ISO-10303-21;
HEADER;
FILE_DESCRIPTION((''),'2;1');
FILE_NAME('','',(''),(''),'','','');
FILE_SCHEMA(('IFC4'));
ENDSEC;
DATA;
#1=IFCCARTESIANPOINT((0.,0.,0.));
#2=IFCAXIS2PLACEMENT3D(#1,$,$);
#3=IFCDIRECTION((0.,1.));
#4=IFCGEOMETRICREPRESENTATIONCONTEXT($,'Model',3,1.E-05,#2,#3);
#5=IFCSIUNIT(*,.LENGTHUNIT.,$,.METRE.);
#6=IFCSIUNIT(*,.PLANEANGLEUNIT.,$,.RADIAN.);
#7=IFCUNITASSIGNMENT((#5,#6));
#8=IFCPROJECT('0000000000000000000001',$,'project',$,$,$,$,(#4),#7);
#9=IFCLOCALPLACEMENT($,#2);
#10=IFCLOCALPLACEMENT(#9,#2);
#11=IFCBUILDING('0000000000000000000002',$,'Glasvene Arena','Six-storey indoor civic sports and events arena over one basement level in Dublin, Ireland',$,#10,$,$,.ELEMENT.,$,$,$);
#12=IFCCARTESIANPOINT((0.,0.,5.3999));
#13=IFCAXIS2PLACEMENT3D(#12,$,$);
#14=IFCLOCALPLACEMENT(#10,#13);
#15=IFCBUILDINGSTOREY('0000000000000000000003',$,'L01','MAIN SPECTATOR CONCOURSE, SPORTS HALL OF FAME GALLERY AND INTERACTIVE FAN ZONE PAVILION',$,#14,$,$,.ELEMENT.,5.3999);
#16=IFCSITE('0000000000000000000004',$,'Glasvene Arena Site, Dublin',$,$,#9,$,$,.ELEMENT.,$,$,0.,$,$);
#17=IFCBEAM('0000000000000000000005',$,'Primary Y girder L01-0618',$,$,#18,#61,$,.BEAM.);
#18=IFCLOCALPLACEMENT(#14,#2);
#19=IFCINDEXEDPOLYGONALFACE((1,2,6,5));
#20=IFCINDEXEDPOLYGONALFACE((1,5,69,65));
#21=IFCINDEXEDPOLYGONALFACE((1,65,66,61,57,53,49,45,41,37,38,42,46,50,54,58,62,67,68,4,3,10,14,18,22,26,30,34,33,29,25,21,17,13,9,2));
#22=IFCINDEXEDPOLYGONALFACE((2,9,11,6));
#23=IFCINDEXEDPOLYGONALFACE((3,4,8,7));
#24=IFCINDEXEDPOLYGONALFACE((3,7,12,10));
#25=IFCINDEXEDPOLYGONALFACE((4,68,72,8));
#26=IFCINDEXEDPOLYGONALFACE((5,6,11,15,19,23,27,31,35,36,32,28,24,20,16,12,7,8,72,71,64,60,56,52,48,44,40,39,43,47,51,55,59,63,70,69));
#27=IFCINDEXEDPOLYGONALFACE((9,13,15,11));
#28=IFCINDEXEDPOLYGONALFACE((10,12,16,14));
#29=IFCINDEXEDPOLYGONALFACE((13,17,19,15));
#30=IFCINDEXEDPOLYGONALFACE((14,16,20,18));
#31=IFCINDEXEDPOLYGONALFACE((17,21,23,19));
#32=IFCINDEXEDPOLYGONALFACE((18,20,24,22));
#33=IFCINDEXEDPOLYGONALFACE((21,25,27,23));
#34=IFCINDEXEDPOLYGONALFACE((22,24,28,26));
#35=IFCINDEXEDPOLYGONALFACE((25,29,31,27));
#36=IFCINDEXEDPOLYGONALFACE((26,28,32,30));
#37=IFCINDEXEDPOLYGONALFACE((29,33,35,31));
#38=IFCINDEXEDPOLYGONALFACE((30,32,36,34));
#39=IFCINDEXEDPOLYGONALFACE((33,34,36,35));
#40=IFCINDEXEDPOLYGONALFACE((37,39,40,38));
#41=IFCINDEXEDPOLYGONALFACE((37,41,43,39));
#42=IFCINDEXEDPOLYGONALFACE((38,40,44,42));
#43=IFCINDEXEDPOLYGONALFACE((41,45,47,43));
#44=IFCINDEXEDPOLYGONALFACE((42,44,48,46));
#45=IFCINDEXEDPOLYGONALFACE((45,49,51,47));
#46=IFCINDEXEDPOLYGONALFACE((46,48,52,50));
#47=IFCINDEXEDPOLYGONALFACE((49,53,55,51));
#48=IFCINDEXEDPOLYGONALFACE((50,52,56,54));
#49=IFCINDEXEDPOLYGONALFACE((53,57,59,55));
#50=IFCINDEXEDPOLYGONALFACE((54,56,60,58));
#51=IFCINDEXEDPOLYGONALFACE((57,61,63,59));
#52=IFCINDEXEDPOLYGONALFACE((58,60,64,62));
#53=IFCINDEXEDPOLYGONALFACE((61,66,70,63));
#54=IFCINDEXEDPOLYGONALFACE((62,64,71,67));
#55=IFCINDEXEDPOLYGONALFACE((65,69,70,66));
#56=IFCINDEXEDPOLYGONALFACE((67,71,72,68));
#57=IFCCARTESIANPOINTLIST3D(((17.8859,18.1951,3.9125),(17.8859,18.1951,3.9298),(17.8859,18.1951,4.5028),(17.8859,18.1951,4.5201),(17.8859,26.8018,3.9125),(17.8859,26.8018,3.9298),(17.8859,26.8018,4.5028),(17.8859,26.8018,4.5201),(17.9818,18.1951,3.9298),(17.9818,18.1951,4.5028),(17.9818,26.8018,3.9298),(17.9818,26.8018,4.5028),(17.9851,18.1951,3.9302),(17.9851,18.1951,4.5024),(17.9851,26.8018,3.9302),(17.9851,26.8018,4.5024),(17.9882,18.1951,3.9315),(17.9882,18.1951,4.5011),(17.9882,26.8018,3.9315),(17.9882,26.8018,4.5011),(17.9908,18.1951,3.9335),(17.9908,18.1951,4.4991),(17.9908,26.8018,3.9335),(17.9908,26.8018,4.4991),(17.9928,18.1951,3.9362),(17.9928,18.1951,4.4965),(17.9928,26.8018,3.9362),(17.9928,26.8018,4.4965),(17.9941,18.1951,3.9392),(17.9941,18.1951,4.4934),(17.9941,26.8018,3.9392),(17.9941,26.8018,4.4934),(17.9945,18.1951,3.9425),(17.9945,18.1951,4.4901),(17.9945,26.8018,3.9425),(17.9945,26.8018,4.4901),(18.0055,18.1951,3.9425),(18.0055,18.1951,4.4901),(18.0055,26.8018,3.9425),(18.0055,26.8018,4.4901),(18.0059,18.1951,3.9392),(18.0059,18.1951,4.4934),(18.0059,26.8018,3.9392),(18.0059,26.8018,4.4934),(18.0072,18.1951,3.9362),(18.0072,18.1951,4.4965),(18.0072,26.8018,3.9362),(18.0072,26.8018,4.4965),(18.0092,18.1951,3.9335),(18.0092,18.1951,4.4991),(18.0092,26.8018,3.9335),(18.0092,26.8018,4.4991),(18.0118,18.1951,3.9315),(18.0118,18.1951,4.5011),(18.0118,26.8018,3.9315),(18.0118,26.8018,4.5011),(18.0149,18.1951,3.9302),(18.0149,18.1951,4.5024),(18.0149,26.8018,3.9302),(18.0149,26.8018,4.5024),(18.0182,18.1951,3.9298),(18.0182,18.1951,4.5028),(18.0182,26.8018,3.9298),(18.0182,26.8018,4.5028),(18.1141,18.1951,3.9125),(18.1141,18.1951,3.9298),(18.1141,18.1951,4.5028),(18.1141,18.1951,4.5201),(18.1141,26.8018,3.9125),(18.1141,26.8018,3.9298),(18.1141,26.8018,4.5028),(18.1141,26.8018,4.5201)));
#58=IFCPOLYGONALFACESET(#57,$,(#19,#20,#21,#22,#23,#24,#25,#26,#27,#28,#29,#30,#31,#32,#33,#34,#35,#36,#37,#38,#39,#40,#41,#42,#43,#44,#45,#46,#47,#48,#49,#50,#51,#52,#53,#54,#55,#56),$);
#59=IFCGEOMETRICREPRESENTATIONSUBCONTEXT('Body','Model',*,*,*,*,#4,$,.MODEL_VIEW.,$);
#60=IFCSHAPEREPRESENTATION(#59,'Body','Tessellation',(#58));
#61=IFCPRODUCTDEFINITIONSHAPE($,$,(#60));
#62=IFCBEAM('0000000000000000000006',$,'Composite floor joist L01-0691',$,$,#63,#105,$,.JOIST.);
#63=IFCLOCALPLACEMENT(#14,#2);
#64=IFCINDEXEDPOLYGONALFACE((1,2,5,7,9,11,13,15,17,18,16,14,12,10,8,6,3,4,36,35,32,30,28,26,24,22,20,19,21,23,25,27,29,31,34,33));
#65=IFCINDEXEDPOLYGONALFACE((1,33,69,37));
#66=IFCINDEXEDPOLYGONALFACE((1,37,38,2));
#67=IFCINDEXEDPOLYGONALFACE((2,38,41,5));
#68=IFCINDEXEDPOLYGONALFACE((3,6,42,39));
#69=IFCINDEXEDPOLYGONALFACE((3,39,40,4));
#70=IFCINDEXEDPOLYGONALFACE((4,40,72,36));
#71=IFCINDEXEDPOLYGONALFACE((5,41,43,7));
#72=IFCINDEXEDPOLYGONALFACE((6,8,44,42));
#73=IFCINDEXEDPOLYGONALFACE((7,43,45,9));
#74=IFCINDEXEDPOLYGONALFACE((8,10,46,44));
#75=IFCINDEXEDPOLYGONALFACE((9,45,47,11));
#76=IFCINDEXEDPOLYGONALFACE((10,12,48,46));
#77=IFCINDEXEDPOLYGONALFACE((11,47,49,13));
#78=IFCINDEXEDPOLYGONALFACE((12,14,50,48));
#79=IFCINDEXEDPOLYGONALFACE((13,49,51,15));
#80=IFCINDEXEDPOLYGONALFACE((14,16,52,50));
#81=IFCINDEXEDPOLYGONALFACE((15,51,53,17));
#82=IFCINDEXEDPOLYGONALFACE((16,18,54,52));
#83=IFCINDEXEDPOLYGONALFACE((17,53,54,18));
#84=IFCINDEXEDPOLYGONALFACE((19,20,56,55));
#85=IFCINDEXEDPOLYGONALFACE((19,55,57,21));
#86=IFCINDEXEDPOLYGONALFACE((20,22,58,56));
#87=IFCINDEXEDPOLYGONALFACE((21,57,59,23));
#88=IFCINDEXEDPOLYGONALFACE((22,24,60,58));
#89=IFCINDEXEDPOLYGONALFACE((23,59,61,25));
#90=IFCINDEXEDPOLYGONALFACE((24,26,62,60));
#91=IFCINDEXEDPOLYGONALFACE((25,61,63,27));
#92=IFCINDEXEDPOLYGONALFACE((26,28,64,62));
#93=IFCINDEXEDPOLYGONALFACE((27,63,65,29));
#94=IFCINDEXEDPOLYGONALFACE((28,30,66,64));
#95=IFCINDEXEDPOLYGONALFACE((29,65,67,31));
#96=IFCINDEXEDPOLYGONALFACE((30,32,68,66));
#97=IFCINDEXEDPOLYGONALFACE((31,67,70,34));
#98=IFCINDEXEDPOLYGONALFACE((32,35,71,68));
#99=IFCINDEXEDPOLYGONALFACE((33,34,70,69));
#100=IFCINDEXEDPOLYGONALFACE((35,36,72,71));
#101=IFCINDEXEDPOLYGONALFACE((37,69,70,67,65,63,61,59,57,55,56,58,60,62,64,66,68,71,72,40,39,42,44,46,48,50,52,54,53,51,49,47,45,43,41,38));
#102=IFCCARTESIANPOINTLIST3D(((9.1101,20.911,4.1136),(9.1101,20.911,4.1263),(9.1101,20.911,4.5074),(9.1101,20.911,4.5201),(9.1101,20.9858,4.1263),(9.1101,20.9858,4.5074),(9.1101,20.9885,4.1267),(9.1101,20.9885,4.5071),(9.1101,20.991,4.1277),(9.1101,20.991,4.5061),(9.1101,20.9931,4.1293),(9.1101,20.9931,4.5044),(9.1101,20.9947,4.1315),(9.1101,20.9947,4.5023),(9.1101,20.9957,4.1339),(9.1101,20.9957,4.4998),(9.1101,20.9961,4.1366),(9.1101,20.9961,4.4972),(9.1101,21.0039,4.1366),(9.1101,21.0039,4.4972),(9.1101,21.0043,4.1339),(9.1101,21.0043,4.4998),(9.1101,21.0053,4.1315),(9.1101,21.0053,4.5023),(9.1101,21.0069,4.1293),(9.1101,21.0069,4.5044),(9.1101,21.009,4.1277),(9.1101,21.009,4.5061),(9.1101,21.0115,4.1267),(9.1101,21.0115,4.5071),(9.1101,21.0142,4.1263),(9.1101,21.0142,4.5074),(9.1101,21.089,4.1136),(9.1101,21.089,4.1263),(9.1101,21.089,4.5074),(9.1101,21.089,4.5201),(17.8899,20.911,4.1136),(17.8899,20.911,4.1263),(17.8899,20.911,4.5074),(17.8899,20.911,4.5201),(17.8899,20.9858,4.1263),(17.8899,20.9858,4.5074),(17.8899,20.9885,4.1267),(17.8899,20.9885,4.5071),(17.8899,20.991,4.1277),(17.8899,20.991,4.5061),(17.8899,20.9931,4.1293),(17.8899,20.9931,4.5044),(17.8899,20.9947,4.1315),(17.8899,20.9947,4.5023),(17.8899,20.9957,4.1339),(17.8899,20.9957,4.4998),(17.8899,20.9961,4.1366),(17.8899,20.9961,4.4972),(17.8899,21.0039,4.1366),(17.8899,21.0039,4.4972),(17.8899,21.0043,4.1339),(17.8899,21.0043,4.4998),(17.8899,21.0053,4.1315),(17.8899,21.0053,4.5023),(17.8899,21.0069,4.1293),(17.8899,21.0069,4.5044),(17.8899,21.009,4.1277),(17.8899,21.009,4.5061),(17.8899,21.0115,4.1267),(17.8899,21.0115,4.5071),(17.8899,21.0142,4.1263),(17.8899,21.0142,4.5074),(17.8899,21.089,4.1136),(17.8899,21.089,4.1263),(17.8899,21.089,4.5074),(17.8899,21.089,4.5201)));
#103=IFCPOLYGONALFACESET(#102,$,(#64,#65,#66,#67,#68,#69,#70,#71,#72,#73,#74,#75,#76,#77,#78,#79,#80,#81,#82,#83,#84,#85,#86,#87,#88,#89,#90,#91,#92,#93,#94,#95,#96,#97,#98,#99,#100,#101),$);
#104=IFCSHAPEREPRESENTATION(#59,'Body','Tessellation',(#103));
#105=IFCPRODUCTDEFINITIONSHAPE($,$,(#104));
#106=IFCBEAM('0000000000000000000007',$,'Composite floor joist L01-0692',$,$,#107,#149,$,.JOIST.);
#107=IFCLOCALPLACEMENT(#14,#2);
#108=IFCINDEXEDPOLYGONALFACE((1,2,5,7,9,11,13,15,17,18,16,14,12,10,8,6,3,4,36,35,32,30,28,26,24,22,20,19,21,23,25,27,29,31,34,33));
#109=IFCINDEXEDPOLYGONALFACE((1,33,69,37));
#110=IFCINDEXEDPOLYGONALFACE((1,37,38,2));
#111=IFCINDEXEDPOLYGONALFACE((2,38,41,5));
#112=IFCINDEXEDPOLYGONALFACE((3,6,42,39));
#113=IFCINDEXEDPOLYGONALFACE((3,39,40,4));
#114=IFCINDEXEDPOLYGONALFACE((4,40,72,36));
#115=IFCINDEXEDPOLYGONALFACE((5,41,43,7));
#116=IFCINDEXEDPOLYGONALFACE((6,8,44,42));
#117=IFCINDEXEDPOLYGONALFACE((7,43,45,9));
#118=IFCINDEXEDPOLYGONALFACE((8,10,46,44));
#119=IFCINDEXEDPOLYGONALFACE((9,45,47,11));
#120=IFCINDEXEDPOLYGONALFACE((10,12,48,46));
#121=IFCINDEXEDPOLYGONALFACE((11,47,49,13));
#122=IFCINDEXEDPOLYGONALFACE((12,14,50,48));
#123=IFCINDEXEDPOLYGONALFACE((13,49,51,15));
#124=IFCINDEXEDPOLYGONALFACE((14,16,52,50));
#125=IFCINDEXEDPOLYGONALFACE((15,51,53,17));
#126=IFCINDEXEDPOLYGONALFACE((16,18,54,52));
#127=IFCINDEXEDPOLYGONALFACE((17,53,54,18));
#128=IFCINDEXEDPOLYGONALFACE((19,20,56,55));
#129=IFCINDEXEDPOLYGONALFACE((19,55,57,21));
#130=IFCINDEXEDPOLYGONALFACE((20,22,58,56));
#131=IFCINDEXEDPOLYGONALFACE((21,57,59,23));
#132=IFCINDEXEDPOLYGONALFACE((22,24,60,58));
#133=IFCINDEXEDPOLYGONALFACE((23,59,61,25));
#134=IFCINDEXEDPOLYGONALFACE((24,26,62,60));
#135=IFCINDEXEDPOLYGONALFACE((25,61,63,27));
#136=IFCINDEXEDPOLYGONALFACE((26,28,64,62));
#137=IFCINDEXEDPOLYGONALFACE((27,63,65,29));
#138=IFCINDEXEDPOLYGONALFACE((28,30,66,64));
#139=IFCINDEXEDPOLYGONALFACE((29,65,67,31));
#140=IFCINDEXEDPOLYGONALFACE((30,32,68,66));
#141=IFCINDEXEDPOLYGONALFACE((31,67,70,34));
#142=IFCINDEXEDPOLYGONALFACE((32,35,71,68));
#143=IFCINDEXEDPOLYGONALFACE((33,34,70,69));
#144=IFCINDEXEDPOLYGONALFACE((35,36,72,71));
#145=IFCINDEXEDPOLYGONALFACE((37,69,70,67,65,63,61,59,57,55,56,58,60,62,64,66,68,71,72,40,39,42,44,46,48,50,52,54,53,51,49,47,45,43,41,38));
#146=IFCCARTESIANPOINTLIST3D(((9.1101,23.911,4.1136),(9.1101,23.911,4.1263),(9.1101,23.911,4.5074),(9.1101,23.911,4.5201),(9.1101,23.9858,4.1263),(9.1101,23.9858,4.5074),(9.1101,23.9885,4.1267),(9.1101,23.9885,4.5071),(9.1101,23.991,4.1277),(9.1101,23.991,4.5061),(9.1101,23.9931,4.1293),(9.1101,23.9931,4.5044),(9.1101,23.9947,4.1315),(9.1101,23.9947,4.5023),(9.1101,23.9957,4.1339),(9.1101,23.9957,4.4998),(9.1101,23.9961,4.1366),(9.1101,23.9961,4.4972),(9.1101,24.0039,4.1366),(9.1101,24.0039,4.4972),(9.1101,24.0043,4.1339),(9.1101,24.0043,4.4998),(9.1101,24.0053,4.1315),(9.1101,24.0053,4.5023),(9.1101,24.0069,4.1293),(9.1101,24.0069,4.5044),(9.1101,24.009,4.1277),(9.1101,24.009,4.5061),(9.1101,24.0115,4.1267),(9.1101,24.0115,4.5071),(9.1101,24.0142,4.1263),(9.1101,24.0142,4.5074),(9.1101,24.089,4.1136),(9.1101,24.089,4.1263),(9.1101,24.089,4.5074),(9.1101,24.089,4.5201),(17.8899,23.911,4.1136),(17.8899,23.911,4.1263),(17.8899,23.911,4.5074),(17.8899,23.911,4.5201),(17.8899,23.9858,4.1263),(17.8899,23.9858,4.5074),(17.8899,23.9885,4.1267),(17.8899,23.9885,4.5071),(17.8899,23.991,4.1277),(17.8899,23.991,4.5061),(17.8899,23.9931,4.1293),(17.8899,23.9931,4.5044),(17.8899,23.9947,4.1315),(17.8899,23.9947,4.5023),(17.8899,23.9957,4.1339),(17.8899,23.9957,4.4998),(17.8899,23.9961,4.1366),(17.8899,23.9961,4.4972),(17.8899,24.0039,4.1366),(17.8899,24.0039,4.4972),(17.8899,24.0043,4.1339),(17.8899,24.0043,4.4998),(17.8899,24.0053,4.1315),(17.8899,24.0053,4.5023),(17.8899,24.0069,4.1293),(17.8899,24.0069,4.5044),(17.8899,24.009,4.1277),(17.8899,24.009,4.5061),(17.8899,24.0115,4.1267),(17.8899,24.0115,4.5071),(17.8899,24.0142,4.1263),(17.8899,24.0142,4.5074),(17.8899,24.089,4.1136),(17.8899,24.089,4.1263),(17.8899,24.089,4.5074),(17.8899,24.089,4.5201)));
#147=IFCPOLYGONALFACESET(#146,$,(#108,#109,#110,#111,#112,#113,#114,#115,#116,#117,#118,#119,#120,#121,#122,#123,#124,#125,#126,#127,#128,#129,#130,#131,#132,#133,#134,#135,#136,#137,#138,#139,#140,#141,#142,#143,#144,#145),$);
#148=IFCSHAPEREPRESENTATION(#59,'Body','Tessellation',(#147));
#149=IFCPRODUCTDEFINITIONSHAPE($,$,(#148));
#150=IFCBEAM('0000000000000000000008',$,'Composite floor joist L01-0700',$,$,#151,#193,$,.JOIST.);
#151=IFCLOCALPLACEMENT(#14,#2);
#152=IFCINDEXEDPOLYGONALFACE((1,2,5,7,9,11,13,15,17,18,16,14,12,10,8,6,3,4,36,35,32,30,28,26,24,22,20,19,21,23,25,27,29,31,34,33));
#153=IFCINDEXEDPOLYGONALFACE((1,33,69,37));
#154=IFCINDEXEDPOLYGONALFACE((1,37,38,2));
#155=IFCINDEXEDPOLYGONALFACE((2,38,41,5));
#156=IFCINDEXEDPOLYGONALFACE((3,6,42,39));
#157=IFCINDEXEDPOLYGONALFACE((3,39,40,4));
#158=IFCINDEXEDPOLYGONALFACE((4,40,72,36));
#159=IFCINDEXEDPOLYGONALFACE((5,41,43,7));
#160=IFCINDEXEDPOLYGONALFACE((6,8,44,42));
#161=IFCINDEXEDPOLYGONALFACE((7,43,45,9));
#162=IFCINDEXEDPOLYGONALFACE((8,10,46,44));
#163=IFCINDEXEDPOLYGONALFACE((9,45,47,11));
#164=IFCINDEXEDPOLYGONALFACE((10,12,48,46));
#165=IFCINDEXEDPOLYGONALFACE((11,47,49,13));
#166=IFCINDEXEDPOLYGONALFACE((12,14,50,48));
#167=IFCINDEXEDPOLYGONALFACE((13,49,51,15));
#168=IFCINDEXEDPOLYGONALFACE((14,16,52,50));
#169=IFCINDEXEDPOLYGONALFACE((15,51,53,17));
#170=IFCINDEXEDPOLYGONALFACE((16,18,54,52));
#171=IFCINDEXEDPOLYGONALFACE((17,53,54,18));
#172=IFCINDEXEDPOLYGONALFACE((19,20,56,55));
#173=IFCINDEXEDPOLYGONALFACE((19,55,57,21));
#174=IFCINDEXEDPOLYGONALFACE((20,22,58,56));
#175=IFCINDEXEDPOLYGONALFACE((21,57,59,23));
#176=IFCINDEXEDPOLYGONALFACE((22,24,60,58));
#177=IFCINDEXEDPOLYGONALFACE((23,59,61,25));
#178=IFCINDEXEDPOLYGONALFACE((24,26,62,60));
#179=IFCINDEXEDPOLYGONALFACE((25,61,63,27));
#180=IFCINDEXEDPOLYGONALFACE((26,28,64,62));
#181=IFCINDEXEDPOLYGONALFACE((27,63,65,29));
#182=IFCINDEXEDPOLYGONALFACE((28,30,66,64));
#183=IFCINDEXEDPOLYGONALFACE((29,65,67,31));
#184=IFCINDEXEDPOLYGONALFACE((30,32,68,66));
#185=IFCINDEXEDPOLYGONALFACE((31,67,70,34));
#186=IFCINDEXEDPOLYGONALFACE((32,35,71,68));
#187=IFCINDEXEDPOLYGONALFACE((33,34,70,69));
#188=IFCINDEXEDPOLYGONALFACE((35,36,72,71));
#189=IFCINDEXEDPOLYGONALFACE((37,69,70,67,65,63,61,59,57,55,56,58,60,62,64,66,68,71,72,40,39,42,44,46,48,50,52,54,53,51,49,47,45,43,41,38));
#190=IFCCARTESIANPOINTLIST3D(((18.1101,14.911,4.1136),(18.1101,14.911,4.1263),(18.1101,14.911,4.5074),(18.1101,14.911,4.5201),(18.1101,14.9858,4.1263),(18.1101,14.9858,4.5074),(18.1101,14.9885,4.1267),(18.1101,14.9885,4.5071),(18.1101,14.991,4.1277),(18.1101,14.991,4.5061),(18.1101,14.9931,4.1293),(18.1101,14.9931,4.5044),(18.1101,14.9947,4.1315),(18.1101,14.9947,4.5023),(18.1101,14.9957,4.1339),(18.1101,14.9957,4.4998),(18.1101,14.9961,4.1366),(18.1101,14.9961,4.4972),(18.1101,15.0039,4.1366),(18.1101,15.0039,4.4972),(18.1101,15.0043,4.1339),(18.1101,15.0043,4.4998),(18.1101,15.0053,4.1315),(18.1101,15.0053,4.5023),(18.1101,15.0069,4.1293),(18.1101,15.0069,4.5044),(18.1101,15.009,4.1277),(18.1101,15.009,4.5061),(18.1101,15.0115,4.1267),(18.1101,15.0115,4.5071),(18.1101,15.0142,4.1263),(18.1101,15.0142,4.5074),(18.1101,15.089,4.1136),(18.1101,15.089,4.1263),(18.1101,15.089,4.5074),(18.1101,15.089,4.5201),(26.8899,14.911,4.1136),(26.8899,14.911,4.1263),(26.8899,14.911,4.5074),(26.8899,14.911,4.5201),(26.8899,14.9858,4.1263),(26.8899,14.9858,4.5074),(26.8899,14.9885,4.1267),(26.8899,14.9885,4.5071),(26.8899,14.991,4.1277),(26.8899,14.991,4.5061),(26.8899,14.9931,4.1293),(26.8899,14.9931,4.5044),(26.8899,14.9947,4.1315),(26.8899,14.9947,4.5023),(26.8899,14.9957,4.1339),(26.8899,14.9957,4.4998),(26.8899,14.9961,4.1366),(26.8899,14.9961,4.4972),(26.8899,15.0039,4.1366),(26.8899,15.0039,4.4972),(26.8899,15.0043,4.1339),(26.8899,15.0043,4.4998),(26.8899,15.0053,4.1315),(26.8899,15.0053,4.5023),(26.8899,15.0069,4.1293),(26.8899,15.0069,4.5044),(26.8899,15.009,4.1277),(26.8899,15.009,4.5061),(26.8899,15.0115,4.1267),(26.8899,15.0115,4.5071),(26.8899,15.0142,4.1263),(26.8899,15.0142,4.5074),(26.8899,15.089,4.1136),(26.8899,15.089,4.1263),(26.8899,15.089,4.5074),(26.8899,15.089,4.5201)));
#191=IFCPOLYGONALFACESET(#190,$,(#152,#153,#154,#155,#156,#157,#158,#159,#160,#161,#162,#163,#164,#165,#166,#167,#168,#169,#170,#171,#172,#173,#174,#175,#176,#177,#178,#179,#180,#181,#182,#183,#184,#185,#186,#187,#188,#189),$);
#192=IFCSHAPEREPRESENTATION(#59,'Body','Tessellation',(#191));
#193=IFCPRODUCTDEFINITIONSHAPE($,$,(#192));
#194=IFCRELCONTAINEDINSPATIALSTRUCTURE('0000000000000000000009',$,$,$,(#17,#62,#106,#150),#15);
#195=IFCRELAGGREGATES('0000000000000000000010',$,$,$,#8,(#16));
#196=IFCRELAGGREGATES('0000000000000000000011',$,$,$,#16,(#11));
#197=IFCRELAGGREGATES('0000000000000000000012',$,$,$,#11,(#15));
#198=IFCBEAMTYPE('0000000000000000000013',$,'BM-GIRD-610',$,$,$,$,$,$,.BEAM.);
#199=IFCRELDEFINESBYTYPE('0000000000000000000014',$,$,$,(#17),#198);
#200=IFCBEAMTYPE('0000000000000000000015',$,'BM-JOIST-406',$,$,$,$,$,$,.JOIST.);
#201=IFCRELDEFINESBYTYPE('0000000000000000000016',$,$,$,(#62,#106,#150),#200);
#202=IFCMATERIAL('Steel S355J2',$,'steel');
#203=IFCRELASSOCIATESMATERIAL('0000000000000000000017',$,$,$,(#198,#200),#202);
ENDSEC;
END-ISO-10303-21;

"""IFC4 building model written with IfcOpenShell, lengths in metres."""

from ifc_helpers import new_model, si_unit, direction, frame, origin, origin_2d, place, context, subcontext, project, spatial, i_section, extrude, material, material_profile, profile_set, type_object, element, save


model = new_model("IFC4")

# Units and contexts
model_context = context("Model", 3, precision=1e-05, world=origin(), true_north=direction((0.0, 1.0)))
body_context = subcontext(model_context, "Body", "Model", "MODEL_VIEW")
ifc_project = project(units=[si_unit("LENGTHUNIT", "METRE"), si_unit("PLANEANGLEUNIT", "RADIAN")], contexts=[model_context])

# Site, building, storey
site_placement = place(None, origin())
site = spatial("IfcSite", under=ifc_project, at=site_placement, Name="Glasvene Arena Site, Dublin", CompositionType="ELEMENT", RefElevation=0.0)
building_placement = place(site_placement, origin())
building = spatial("IfcBuilding", under=site, at=building_placement, Name="Glasvene Arena", Description="Six-storey indoor civic sports and events arena over one basement level in Dublin, Ireland", CompositionType="ELEMENT")
storey_placement = place(building_placement, frame((0.0, 0.0, 5.3999)))
storey = spatial("IfcBuildingStorey", under=building, at=storey_placement, Name="L01", Description="MAIN SPECTATOR CONCOURSE, SPORTS HALL OF FAME GALLERY AND INTERACTIVE FAN ZONE PAVILION", CompositionType="ELEMENT", Elevation=5.3999)

# Shared definitions
ifc_material_1 = material(Name="Steel S355J2", Category="steel")

# Beams
ifc_material_profile_1 = material_profile(ifc_material_1, i_section(OverallWidth=0.2283, OverallDepth=0.6077, WebThickness=0.011, FlangeThickness=0.0173, FilletRadius=0.0127, at=origin_2d()), Name="UKB 610x229x113")
ifc_profile_set_1 = profile_set([ifc_material_profile_1], Name="Steel S355J2")
beam_type_1 = type_object("IfcBeamType", Name="BM-GIRD-610", PredefinedType="BEAM", material=ifc_profile_set_1)
beam_placement = place(storey_placement, frame((18.0, 18.1951, 4.2163), z_axis=(0.0, 1.0, 0.0), x_axis=(-1.0, 0.0, 0.0)))
element("IfcBeam", 1, at=beam_placement, inside=storey, type_object=beam_type_1, Name="Primary Y girder L01-0618", PredefinedType="BEAM", context=body_context, shape_type="SweptSolid", body=[
    extrude(i_section(OverallWidth=0.2283, OverallDepth=0.6077, WebThickness=0.011, FlangeThickness=0.0173, FilletRadius=0.0127, at=origin_2d()), origin(), (0.0, 0.0, 1.0), 8.6067),
])
ifc_material_profile_2 = material_profile(ifc_material_1, i_section(OverallWidth=0.178, OverallDepth=0.4065, WebThickness=0.0078, FlangeThickness=0.0127, FilletRadius=0.0103, at=origin_2d()), Name="UKB 406x178x60")
ifc_profile_set_2 = profile_set([ifc_material_profile_2], Name="Steel S355J2")
beam_type_2 = type_object("IfcBeamType", Name="BM-JOIST-406", PredefinedType="JOIST", material=ifc_profile_set_2)
for number, where, z_axis, x_axis, name in (
    (2, (9.1101, 21.0, 4.3169), (1.0, 0.0, 0.0), (0.0, 1.0, 0.0), "Composite floor joist L01-0691"),
    (3, (9.1101, 24.0, 4.3169), (1.0, 0.0, 0.0), (0.0, 1.0, 0.0), "Composite floor joist L01-0692"),
    (4, (18.1101, 15.0, 4.3169), (1.0, 0.0, 0.0), (0.0, 1.0, 0.0), "Composite floor joist L01-0700"),
):
    element("IfcBeam", number, at=place(storey_placement, frame(where, z_axis=z_axis, x_axis=x_axis)), inside=storey, type_object=beam_type_2, Name=name, PredefinedType="JOIST", context=body_context, shape_type="SweptSolid", body=[
        extrude(i_section(OverallWidth=0.178, OverallDepth=0.4065, WebThickness=0.0078, FlangeThickness=0.0127, FilletRadius=0.0103, at=origin_2d()), origin(), (0.0, 0.0, 1.0), 8.7798),
    ])

save(model, "model.ifc")
